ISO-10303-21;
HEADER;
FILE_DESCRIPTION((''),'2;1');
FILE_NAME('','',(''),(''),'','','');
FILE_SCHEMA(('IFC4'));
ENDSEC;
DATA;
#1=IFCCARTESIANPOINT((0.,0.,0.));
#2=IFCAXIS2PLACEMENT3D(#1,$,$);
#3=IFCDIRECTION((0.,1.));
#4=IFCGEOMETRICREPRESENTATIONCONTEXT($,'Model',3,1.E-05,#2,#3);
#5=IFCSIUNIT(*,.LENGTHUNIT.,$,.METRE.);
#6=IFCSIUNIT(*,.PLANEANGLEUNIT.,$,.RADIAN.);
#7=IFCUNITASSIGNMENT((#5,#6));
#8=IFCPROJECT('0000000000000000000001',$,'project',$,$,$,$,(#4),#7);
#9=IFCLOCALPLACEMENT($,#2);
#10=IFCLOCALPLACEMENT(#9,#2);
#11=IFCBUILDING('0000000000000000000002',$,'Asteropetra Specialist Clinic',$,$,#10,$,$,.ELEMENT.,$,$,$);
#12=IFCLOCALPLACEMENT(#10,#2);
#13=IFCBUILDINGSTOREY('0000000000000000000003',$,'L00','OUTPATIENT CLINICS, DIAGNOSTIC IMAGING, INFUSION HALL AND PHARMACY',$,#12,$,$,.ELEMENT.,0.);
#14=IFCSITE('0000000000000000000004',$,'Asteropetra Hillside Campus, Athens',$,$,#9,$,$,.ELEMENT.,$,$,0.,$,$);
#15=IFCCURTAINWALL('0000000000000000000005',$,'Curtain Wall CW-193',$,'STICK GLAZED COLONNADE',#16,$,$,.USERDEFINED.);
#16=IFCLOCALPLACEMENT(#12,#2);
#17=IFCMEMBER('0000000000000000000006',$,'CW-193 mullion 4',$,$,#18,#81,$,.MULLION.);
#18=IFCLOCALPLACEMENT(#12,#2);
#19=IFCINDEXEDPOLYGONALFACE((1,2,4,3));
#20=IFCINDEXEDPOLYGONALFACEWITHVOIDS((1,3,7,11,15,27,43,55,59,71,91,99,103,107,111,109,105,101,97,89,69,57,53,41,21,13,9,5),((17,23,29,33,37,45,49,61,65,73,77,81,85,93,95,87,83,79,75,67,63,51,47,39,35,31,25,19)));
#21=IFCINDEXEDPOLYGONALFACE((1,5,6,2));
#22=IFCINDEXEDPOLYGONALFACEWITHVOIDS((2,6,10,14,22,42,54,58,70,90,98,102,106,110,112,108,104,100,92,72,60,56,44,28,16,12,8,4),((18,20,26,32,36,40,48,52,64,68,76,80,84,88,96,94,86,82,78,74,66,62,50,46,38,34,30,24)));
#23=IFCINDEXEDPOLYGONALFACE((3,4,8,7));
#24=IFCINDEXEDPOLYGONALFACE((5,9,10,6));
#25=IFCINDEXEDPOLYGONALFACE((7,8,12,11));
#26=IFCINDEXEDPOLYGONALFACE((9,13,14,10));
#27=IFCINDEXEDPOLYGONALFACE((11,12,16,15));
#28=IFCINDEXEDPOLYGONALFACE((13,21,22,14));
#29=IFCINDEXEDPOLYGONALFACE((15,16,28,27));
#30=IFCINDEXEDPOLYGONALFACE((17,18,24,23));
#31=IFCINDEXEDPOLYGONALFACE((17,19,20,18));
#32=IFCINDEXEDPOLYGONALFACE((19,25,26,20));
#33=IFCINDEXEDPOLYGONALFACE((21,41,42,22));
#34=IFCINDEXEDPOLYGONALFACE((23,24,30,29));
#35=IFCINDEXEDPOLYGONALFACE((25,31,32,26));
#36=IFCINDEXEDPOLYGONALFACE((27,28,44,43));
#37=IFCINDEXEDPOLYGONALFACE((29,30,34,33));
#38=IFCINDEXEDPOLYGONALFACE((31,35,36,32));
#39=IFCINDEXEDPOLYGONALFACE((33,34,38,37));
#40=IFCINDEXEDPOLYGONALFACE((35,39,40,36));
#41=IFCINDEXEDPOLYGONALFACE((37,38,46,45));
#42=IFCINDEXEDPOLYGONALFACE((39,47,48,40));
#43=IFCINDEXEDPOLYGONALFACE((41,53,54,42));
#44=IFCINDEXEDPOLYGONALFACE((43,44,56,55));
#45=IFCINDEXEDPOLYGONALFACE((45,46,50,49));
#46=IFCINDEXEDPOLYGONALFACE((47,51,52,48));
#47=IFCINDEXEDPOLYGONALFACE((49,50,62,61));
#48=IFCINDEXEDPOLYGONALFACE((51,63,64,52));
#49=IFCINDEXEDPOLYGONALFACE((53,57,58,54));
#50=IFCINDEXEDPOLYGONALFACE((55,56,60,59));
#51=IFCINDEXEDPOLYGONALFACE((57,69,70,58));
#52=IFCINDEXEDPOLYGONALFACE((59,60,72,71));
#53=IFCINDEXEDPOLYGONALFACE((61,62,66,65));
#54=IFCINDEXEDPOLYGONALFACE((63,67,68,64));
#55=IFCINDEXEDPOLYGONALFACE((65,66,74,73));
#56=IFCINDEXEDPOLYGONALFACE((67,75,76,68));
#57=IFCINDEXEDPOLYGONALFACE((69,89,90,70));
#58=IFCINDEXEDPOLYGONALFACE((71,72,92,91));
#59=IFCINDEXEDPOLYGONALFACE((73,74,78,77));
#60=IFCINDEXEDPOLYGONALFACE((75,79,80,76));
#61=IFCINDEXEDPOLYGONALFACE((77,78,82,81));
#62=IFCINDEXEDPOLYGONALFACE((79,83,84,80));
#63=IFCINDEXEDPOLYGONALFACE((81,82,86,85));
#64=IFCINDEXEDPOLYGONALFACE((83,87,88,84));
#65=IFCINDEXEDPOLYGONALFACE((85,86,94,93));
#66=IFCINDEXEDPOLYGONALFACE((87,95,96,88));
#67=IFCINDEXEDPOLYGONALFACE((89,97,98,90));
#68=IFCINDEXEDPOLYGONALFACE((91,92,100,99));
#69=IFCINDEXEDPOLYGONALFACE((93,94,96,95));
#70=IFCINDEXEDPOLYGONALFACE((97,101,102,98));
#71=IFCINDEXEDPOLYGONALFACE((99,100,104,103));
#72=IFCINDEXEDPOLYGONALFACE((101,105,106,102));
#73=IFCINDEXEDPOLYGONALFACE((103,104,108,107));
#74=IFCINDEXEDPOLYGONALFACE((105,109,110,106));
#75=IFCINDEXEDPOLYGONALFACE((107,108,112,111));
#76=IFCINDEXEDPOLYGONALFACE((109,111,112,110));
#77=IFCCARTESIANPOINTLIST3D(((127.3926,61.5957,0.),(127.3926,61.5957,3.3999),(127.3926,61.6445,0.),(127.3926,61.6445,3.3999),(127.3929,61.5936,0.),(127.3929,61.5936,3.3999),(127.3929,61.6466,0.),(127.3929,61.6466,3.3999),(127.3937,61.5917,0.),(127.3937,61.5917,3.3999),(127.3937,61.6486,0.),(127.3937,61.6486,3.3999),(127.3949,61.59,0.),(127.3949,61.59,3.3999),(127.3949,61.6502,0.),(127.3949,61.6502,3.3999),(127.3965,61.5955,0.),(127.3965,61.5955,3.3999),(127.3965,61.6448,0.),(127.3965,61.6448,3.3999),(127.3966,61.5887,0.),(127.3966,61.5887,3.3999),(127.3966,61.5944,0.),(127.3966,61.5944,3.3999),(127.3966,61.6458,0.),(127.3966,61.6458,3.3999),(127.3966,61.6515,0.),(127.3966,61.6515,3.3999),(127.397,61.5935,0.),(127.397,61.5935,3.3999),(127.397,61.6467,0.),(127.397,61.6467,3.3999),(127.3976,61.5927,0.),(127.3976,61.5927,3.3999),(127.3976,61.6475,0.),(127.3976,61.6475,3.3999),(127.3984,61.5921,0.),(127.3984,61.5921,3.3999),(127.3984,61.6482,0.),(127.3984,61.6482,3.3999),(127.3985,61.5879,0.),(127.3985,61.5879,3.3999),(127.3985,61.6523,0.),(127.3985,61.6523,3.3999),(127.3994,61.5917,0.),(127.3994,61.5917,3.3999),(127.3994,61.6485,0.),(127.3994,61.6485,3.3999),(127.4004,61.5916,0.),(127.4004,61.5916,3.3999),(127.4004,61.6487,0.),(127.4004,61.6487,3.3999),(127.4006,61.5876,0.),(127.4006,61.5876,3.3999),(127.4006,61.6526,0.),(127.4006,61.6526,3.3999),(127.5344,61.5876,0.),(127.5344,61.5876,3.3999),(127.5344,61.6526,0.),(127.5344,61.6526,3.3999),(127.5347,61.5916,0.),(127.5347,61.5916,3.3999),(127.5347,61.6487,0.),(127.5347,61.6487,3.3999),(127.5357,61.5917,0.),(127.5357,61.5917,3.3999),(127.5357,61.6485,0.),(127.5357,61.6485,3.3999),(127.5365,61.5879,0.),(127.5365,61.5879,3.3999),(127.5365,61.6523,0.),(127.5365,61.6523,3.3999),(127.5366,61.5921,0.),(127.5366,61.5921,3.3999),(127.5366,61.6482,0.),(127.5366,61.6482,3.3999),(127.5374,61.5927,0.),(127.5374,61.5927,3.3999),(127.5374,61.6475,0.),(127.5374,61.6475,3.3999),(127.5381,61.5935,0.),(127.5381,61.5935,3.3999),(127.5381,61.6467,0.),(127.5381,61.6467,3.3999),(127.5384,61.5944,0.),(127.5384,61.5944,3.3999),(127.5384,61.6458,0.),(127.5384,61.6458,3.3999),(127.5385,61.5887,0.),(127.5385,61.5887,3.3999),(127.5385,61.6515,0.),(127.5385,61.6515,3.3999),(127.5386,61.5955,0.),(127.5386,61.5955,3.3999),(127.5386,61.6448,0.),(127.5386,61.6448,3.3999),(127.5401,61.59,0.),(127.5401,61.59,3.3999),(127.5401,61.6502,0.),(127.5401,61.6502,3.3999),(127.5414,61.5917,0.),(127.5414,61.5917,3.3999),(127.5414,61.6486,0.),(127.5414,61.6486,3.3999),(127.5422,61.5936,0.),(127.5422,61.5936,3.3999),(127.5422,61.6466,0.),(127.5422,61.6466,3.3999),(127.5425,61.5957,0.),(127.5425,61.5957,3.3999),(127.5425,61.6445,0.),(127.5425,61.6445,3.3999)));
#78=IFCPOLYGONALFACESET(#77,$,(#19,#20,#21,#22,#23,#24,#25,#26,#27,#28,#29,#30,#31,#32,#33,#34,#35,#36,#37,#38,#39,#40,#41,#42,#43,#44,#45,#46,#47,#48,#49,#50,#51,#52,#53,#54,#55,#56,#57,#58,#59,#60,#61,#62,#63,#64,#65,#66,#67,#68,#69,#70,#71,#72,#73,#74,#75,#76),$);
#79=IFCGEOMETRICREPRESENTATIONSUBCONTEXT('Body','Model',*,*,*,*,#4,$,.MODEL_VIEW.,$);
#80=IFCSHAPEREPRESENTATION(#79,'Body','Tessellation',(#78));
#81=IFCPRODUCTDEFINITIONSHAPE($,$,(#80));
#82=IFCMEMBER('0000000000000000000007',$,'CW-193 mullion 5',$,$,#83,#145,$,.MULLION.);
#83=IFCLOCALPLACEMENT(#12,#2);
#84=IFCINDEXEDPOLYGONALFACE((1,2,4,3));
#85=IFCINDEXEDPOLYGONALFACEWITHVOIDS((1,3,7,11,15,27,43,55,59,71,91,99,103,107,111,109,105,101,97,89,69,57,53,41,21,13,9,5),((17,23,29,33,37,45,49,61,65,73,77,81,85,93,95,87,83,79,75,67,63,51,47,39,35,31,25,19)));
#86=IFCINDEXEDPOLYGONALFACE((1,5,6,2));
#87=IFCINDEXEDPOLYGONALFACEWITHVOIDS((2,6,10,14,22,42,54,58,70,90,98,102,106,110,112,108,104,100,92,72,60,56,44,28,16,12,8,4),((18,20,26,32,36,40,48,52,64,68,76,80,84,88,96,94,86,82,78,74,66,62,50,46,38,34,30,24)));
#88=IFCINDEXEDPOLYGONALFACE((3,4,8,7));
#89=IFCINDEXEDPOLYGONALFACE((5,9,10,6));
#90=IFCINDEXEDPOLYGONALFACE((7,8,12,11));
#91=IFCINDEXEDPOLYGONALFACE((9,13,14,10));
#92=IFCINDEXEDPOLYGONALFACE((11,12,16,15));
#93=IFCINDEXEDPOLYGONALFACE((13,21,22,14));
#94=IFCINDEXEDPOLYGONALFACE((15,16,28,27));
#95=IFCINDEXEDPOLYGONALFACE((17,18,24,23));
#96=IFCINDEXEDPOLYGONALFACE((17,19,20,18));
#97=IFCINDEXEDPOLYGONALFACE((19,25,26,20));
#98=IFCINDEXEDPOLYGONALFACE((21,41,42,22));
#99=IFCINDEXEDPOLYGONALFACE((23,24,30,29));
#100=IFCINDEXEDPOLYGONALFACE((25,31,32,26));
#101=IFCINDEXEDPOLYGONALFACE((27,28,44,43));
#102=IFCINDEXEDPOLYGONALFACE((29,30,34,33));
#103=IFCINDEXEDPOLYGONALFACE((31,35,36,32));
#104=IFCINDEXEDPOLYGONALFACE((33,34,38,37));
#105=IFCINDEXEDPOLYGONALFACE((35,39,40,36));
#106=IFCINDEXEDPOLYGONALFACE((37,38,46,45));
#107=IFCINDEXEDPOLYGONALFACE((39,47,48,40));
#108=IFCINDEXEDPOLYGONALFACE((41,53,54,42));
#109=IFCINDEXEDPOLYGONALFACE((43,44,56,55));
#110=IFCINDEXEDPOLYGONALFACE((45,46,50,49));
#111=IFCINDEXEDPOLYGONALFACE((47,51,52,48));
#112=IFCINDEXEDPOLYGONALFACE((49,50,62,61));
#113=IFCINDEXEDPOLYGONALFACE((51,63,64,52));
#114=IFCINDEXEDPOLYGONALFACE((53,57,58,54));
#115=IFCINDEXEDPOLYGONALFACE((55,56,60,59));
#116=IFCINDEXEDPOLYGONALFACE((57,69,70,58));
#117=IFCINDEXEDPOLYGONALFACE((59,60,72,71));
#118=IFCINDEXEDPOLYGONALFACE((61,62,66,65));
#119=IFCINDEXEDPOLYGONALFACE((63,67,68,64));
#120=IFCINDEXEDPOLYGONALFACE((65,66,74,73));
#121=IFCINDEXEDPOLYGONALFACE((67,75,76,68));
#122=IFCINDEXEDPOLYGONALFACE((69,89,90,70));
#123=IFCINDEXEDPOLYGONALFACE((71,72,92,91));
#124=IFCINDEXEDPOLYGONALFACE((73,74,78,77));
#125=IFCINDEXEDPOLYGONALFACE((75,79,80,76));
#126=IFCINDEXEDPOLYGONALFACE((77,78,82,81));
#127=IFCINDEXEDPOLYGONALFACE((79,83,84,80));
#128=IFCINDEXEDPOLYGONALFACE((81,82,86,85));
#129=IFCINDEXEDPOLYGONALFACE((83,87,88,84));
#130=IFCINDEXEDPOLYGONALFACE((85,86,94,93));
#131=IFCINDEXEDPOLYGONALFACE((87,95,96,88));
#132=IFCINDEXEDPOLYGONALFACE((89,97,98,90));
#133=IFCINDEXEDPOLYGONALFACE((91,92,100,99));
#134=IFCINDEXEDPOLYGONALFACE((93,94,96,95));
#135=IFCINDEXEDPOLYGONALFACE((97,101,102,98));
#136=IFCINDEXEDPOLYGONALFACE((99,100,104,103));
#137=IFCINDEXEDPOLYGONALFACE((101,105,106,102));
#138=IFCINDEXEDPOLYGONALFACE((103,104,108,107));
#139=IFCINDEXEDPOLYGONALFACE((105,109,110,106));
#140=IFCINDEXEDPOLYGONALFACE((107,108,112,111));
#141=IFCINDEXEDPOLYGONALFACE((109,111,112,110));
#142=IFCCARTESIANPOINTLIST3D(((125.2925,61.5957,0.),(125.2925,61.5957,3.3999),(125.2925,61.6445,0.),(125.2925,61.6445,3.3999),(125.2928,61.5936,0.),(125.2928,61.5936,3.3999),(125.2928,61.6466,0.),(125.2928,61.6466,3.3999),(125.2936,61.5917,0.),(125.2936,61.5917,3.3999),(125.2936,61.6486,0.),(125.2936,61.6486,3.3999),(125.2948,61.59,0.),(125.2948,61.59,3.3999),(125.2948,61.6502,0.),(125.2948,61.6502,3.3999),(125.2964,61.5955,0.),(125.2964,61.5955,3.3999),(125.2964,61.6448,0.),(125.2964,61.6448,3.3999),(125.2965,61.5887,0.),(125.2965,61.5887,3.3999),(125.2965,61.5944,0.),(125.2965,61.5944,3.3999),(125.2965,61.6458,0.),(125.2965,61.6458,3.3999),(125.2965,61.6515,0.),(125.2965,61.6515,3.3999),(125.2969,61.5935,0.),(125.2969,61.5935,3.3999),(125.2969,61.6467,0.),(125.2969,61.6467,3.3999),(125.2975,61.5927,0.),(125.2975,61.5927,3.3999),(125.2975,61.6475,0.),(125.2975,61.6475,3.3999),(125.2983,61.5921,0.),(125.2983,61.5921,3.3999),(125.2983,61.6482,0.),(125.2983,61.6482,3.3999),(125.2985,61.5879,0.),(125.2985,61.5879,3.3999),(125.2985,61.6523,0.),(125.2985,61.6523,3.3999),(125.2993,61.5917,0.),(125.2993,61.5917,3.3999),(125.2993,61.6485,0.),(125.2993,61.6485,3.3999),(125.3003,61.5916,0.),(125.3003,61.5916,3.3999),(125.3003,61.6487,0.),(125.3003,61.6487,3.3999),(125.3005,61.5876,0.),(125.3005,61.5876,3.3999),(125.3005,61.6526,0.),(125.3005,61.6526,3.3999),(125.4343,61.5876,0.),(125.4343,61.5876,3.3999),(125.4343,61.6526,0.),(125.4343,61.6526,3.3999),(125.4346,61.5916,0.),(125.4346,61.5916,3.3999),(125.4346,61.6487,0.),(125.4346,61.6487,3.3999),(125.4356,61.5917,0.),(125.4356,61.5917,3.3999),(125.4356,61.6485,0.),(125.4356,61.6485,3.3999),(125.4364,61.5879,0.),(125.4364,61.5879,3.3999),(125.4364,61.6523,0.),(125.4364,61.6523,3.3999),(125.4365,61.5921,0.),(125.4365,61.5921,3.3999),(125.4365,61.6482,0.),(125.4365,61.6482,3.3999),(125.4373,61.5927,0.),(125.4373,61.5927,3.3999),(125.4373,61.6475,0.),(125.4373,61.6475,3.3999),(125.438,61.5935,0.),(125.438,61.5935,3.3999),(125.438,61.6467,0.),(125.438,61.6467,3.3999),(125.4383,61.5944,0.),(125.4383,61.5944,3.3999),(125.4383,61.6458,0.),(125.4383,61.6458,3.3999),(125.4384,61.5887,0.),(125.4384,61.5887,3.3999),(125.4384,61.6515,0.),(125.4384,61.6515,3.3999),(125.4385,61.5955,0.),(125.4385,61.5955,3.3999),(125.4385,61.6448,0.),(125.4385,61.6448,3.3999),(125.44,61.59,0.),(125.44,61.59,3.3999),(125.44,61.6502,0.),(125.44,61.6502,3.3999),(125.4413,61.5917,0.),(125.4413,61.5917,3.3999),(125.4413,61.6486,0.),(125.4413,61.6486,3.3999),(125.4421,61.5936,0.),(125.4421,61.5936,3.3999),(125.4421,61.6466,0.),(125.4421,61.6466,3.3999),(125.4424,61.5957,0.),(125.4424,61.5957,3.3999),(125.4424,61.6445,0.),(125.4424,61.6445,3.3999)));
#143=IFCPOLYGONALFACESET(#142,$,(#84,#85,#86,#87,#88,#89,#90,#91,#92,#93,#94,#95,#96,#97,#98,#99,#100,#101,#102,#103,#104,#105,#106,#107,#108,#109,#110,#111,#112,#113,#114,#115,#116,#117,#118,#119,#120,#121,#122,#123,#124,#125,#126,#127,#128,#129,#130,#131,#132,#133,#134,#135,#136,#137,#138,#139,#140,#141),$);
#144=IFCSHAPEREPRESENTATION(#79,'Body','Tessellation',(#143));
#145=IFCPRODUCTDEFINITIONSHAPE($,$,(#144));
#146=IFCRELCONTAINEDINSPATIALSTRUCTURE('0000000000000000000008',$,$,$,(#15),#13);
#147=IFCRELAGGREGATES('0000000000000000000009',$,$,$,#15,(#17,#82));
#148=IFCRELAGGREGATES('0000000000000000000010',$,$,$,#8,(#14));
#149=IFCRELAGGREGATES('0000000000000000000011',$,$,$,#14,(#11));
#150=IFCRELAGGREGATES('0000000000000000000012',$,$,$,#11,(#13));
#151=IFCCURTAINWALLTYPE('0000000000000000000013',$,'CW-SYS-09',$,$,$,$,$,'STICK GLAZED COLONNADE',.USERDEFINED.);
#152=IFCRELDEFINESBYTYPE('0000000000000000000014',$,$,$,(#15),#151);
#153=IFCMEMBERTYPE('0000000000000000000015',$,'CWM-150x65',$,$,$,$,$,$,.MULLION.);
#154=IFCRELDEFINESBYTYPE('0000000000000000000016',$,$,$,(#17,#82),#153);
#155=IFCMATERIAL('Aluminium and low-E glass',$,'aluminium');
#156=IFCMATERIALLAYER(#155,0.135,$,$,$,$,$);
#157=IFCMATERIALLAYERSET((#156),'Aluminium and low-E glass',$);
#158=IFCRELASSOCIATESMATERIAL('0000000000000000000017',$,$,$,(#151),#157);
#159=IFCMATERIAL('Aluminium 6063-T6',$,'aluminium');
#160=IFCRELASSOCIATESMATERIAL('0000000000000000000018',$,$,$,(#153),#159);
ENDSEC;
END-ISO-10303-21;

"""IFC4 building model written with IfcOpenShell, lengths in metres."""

from ifc_helpers import new_model, si_unit, direction, frame, origin, origin_2d, place, context, subcontext, project, spatial, hollow_rectangle, extrude, material, layer, layer_set, material_profile, profile_set, type_object, element, aggregate, save


model = new_model("IFC4")

# Units and contexts
model_context = context("Model", 3, precision=1e-05, world=origin(), true_north=direction((0.0, 1.0)))
body_context = subcontext(model_context, "Body", "Model", "MODEL_VIEW")
ifc_project = project(units=[si_unit("LENGTHUNIT", "METRE"), si_unit("PLANEANGLEUNIT", "RADIAN")], contexts=[model_context])

# Site, building, storey
site_placement = place(None, origin())
site = spatial("IfcSite", under=ifc_project, at=site_placement, Name="Asteropetra Hillside Campus, Athens", CompositionType="ELEMENT", RefElevation=0.0)
building_placement = place(site_placement, origin())
building = spatial("IfcBuilding", under=site, at=building_placement, Name="Asteropetra Specialist Clinic", CompositionType="ELEMENT")
storey_placement = place(building_placement, origin())
storey = spatial("IfcBuildingStorey", under=building, at=storey_placement, Name="L00", Description="OUTPATIENT CLINICS, DIAGNOSTIC IMAGING, INFUSION HALL AND PHARMACY", CompositionType="ELEMENT", Elevation=0.0)

# Curtain wall, members
ifc_material_1 = material(Name="Aluminium and low-E glass", Category="aluminium")
ifc_layer_1 = layer(ifc_material_1, 0.135)
ifc_layer_set_1 = layer_set([ifc_layer_1], Name="Aluminium and low-E glass")
curtain_wall_type = type_object("IfcCurtainWallType", Name="CW-SYS-09", ElementType="STICK GLAZED COLONNADE", PredefinedType="USERDEFINED", material=ifc_layer_set_1)
curtain_wall_placement = place(storey_placement, origin())
curtain_wall = element("IfcCurtainWall", 1, at=curtain_wall_placement, inside=storey, type_object=curtain_wall_type, Name="Curtain Wall CW-193", ObjectType="STICK GLAZED COLONNADE", PredefinedType="USERDEFINED")
ifc_material_2 = material(Name="Aluminium 6063-T6", Category="aluminium")
ifc_material_profile_1 = material_profile(ifc_material_2, hollow_rectangle(XDim=0.0649, YDim=0.1499, WallThickness=0.0039, InnerFilletRadius=0.0039, OuterFilletRadius=0.0081, at=origin_2d()), Name="MUL 150x65x4.0")
ifc_profile_set_1 = profile_set([ifc_material_profile_1], Name="Aluminium 6063-T6")
member_type_1 = type_object("IfcMemberType", Name="CWM-150x65", PredefinedType="MULLION", material=ifc_profile_set_1)
member_1_placement = place(storey_placement, frame((127.4675, 61.6201, 0.0), z_axis=(0.0, 0.0, 1.0), x_axis=(0.0, -1.0, 0.0)))
member_1 = element("IfcMember", 2, at=member_1_placement, type_object=member_type_1, Name="CW-193 mullion 4", PredefinedType="MULLION", context=body_context, shape_type="SweptSolid", body=[
    extrude(hollow_rectangle(XDim=0.0649, YDim=0.1499, WallThickness=0.0039, InnerFilletRadius=0.0039, OuterFilletRadius=0.0081, at=origin_2d()), origin(), (0.0, 0.0, 1.0), 3.3999),
])
member_2_placement = place(storey_placement, frame((125.3674, 61.6201, 0.0), z_axis=(0.0, 0.0, 1.0), x_axis=(0.0, -1.0, 0.0)))
member_2 = element("IfcMember", 3, at=member_2_placement, type_object=member_type_1, Name="CW-193 mullion 5", PredefinedType="MULLION", context=body_context, shape_type="SweptSolid", body=[
    extrude(hollow_rectangle(XDim=0.0649, YDim=0.1499, WallThickness=0.0039, InnerFilletRadius=0.0039, OuterFilletRadius=0.0081, at=origin_2d()), origin(), (0.0, 0.0, 1.0), 3.3999),
])
aggregate(curtain_wall, [member_1, member_2])

save(model, "model.ifc")
